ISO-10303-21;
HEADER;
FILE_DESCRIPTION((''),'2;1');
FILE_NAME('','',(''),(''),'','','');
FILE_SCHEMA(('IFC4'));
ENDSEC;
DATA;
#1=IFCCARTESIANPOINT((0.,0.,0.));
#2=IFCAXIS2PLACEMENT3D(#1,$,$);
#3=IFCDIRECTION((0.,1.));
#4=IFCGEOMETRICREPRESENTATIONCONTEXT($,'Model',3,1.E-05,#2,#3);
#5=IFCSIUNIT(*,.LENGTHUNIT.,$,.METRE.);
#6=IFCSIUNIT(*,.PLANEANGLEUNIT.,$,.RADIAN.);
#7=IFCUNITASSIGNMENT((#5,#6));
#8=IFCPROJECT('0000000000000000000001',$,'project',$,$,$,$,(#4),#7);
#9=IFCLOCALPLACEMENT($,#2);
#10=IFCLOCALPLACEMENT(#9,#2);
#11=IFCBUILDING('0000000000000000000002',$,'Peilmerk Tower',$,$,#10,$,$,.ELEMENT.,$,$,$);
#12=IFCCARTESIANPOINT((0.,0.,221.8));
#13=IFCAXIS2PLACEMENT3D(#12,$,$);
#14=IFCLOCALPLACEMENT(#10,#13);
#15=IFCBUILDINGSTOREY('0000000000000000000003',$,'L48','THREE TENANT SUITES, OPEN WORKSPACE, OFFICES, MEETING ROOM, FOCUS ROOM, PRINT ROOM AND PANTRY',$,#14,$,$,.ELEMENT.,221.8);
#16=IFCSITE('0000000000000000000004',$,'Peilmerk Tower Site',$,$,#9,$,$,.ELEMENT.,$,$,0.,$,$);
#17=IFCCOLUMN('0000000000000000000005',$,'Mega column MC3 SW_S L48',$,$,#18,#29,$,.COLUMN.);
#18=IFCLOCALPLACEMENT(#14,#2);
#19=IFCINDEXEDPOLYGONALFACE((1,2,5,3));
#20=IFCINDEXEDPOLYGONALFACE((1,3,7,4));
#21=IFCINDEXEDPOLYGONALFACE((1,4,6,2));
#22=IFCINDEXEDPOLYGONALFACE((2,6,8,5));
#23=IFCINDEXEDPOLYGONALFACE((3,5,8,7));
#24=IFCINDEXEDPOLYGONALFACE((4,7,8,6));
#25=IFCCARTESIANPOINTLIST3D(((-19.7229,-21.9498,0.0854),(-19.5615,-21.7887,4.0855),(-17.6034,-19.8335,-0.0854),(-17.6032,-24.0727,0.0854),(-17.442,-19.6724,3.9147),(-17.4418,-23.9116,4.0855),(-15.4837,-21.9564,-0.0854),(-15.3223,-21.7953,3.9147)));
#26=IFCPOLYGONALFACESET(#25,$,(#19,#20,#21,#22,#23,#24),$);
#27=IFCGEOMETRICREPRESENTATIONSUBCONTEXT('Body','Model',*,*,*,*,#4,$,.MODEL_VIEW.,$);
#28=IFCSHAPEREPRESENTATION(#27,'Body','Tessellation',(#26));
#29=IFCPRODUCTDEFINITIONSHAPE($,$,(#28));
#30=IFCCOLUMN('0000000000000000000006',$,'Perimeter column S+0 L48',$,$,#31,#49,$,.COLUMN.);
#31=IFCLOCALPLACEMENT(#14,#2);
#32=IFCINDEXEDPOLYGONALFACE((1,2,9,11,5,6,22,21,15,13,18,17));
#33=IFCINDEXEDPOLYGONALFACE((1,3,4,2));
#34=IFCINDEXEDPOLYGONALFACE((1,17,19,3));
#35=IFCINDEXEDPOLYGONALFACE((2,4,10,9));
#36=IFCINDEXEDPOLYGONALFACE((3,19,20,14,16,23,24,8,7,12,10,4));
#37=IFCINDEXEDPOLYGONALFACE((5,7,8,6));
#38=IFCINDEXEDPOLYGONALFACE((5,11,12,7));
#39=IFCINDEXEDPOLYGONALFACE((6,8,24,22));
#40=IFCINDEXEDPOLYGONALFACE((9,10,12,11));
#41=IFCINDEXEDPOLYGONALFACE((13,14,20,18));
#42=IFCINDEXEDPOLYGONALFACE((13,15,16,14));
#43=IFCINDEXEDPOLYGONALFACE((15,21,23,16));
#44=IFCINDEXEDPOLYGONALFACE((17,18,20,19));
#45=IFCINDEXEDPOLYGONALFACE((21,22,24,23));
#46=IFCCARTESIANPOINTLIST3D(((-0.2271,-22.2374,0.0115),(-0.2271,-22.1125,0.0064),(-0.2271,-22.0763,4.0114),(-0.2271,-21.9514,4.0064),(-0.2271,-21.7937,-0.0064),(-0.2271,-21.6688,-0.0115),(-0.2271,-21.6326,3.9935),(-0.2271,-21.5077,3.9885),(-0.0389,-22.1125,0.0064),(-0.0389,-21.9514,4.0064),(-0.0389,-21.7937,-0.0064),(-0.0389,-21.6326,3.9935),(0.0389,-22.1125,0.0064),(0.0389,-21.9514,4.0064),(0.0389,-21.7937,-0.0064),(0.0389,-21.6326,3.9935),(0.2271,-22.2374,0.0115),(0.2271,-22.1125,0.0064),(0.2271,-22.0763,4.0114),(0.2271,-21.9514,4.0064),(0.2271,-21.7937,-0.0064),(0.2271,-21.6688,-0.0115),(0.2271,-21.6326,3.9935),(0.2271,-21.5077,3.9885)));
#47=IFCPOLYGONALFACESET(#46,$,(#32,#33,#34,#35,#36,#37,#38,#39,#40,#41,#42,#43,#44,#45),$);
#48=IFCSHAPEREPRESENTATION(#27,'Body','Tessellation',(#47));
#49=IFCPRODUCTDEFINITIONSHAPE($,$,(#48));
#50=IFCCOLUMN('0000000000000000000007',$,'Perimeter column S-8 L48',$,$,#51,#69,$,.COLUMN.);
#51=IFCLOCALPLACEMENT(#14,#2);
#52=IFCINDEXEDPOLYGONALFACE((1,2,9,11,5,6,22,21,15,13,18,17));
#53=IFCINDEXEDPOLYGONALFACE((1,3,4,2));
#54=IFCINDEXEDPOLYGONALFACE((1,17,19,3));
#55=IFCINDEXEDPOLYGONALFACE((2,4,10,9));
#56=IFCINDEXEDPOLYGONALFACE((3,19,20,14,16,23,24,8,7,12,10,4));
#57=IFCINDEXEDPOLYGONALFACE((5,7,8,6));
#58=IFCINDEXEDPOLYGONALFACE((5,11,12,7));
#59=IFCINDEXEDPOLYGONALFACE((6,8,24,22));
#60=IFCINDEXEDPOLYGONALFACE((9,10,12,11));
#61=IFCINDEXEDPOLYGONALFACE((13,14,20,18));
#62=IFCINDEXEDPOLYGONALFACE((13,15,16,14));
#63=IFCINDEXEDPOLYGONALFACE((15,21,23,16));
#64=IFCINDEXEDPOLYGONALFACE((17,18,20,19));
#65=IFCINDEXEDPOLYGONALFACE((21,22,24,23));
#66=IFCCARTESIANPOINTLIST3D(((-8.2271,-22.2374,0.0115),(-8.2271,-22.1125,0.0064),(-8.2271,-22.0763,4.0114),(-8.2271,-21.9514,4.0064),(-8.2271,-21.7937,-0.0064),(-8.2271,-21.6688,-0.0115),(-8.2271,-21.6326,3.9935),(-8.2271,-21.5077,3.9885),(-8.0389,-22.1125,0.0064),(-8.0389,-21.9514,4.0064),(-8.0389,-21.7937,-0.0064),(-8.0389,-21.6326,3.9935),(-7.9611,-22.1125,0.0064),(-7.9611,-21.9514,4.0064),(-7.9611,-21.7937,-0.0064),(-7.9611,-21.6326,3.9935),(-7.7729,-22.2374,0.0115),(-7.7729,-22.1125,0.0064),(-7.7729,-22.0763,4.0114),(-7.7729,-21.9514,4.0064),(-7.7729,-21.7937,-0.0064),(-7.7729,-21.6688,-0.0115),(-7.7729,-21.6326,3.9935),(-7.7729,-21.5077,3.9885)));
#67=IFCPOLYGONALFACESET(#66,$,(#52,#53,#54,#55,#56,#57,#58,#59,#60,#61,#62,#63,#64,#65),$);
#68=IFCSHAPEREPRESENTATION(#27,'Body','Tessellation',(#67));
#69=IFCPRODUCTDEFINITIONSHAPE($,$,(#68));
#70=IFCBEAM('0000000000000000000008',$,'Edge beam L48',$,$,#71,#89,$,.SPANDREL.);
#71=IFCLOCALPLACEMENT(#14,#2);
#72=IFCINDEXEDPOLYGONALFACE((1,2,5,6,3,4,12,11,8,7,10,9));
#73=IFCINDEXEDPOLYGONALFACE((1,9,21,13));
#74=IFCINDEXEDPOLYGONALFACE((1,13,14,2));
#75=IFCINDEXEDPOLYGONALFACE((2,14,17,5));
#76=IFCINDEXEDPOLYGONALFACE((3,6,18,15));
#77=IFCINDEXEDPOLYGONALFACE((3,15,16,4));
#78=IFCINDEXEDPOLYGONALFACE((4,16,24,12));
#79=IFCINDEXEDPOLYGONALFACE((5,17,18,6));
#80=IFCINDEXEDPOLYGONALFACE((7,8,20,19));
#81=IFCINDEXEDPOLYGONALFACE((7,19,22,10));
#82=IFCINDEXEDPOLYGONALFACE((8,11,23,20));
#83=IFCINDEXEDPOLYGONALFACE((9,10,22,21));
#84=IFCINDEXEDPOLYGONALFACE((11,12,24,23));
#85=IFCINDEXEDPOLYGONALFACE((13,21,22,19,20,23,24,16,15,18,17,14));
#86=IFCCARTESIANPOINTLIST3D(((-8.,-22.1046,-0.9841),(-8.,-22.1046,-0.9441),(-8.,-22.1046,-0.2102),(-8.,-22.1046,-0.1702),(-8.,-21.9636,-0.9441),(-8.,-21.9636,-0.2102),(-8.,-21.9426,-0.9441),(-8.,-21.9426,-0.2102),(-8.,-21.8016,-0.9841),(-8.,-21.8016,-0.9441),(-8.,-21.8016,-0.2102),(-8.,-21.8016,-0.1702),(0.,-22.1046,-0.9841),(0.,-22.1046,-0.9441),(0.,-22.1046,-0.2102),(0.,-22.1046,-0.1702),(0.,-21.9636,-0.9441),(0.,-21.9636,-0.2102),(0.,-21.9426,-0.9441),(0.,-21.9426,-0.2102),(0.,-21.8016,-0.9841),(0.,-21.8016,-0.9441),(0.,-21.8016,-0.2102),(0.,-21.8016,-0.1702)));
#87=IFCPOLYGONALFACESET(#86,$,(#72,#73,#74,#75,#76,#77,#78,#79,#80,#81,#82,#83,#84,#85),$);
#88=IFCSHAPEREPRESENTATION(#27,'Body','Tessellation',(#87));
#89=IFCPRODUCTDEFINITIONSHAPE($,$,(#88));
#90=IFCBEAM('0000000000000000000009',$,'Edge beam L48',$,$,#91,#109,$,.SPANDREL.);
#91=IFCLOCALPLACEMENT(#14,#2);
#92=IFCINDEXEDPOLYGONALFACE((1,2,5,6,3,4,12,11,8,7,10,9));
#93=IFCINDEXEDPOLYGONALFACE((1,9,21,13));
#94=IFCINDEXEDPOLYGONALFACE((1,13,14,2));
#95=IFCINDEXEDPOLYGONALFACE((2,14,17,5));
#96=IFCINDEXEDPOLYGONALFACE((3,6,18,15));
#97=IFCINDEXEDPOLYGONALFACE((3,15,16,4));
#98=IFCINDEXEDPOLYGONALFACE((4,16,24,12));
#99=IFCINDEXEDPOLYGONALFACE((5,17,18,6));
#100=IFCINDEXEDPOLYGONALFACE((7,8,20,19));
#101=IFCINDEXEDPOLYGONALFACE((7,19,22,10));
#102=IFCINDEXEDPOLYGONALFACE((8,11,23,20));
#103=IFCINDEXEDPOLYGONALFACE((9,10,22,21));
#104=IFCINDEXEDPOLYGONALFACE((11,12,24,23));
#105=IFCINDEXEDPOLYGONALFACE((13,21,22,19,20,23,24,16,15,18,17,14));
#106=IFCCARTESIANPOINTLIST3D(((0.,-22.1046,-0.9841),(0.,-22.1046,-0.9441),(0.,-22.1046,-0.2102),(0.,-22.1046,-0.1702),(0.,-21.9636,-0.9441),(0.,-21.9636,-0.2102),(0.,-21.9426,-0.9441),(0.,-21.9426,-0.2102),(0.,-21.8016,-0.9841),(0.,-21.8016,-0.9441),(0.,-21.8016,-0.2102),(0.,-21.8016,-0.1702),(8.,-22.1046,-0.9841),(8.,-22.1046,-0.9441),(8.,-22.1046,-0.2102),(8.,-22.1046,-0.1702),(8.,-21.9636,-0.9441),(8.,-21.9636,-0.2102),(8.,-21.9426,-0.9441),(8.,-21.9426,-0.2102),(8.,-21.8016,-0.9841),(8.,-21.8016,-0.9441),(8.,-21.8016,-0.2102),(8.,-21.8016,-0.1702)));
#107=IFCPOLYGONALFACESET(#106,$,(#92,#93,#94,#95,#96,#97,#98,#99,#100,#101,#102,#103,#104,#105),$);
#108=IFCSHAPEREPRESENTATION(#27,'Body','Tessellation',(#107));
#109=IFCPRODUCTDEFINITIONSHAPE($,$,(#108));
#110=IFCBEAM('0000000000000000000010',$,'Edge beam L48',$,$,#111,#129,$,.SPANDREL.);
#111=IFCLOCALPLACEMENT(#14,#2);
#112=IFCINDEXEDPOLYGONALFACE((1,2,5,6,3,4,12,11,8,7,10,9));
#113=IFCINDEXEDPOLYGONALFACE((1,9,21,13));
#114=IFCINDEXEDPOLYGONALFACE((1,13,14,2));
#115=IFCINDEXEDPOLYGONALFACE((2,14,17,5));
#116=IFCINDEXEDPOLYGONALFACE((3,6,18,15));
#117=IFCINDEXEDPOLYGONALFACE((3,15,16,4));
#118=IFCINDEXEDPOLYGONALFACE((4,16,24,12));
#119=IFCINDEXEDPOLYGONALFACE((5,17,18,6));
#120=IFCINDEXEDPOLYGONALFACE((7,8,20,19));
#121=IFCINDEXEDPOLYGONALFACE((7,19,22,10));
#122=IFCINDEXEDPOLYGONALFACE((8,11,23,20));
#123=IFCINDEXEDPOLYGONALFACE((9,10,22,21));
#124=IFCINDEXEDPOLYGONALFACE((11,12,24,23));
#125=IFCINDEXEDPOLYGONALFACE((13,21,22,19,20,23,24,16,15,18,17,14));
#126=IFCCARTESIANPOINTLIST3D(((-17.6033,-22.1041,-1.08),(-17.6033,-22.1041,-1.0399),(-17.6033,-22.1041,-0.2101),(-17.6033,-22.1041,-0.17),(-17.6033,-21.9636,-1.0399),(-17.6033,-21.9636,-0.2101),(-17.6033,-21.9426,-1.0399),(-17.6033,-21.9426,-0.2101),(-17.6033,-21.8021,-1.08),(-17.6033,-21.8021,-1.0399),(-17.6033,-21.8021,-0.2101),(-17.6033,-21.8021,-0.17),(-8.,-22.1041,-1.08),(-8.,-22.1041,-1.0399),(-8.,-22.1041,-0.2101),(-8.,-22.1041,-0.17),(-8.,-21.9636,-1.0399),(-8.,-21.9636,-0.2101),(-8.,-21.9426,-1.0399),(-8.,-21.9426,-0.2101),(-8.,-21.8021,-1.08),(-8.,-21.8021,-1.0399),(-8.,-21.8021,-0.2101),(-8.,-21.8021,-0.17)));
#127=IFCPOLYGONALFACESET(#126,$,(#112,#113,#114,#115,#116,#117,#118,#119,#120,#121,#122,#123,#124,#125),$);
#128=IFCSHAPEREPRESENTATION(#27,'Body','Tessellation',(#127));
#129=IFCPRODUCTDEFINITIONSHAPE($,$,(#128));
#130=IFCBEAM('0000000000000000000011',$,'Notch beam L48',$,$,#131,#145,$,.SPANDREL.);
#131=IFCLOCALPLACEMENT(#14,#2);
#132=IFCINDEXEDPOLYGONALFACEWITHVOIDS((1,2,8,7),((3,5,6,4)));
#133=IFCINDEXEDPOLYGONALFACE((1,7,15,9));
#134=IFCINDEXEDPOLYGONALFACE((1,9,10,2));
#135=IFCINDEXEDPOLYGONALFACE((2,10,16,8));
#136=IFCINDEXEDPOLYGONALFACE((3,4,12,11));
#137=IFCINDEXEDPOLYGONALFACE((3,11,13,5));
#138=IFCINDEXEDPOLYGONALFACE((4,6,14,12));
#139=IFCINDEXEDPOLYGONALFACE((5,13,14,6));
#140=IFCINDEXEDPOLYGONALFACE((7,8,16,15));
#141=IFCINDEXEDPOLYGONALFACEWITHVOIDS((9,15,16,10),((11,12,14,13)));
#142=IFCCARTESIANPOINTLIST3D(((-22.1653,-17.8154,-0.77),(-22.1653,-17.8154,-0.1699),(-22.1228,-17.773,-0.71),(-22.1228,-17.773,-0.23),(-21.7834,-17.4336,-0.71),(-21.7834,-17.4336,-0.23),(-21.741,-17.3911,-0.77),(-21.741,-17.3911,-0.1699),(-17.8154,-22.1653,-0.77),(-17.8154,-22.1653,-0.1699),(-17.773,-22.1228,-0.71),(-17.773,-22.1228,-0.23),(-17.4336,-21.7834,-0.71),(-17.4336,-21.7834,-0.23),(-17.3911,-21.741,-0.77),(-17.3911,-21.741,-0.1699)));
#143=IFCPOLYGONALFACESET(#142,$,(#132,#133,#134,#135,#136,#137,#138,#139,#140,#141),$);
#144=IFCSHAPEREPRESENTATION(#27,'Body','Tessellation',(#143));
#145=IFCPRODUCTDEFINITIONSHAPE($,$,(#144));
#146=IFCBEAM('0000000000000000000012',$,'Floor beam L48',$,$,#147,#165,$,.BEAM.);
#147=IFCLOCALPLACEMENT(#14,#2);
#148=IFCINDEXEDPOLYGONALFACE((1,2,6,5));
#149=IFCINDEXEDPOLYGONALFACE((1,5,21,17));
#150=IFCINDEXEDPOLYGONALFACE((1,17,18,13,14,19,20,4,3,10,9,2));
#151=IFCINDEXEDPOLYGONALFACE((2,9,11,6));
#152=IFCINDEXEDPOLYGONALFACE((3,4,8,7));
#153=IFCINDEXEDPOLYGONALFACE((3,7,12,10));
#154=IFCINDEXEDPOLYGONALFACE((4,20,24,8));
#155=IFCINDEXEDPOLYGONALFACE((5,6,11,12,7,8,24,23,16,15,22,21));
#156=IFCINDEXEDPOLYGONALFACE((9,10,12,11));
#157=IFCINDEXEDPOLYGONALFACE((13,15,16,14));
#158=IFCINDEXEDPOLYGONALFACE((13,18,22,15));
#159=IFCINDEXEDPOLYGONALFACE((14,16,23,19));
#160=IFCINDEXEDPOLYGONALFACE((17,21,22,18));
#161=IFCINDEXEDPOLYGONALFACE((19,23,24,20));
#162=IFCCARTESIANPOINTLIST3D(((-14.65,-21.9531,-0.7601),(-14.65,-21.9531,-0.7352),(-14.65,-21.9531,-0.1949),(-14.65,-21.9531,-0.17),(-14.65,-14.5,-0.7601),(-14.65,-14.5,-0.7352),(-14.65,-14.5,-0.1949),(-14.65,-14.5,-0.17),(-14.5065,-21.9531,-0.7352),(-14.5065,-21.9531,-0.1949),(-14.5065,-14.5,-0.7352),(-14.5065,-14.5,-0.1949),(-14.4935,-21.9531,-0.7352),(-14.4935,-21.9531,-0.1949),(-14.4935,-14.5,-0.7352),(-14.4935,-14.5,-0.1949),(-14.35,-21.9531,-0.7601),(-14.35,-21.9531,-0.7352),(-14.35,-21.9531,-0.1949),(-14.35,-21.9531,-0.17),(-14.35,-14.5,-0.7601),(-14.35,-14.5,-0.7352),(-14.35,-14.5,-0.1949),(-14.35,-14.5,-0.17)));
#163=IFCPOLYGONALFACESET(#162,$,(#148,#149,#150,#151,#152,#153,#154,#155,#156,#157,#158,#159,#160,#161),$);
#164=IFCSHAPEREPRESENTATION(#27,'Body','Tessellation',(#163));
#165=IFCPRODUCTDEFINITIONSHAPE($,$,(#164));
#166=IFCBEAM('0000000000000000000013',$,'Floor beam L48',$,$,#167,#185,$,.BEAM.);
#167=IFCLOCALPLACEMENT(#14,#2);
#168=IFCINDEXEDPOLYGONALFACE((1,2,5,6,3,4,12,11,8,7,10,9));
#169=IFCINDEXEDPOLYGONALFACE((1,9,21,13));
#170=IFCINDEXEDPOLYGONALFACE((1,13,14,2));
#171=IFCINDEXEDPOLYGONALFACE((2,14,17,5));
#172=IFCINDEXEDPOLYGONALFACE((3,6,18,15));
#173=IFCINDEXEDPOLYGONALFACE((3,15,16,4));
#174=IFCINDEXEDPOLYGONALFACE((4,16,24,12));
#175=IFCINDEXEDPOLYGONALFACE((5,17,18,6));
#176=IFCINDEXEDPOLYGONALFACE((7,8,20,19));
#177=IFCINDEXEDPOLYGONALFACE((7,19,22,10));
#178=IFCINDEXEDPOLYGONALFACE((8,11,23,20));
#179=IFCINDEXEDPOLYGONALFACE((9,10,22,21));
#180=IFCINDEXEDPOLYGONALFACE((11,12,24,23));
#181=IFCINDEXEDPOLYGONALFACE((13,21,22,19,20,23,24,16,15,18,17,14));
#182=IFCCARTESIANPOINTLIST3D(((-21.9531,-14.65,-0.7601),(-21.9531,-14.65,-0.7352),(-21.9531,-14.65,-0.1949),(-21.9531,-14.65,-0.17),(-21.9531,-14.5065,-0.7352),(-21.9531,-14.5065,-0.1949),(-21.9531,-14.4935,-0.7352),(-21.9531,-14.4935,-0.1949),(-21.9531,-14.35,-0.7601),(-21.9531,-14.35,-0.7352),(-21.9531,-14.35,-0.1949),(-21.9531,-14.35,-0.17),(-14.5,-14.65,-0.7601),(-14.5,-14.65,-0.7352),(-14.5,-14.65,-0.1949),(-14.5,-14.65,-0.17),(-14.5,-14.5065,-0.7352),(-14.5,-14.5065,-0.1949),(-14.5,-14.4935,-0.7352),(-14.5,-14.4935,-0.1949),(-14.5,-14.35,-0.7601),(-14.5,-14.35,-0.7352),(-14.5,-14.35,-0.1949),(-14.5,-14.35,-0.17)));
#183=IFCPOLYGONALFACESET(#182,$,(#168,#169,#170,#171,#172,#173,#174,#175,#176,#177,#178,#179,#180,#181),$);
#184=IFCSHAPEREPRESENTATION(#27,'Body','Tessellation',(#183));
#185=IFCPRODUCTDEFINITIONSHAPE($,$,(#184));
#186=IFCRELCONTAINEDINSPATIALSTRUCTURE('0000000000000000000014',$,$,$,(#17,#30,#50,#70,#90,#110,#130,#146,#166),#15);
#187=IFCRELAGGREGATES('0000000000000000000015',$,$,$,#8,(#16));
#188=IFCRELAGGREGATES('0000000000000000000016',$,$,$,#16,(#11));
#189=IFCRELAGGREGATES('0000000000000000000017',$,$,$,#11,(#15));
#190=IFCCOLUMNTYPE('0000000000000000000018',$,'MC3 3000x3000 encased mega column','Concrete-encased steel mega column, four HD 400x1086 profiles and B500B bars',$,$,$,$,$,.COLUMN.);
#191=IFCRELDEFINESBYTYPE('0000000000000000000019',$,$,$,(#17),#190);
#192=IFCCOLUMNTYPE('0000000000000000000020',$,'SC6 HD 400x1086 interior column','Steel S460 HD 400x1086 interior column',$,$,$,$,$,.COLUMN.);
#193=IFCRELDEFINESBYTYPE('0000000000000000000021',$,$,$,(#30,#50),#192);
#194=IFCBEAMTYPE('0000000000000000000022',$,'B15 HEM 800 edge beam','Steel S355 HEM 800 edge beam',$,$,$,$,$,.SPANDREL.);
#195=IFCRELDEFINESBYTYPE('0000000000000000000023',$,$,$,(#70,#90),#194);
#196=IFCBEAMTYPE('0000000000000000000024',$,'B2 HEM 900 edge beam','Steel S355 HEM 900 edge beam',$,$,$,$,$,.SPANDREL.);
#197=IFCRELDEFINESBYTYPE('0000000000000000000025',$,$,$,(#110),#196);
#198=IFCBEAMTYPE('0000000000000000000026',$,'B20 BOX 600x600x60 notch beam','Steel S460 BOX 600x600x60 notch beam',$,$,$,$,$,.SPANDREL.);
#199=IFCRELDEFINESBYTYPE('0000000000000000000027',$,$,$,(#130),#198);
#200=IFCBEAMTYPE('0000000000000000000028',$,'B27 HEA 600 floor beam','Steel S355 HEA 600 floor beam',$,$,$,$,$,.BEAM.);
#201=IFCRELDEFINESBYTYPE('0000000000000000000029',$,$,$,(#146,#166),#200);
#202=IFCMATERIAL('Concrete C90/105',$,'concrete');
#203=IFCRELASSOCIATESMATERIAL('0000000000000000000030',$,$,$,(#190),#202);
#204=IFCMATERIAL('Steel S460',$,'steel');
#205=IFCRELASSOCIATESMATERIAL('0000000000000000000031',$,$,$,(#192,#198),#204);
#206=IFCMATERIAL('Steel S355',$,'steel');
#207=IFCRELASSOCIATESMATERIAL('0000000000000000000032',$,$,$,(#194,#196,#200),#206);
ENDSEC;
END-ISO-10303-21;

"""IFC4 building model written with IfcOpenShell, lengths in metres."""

from ifc_helpers import new_model, si_unit, direction, frame, origin, origin_2d, place, context, subcontext, project, spatial, rectangle, hollow_rectangle, i_section, extrude, material, material_profile, profile_set, type_object, element, save


model = new_model("IFC4")

# Units and contexts
model_context = context("Model", 3, precision=1e-05, world=origin(), true_north=direction((0.0, 1.0)))
body_context = subcontext(model_context, "Body", "Model", "MODEL_VIEW")
ifc_project = project(units=[si_unit("LENGTHUNIT", "METRE"), si_unit("PLANEANGLEUNIT", "RADIAN")], contexts=[model_context])

# Site, building, storey
site_placement = place(None, origin())
site = spatial("IfcSite", under=ifc_project, at=site_placement, Name="Peilmerk Tower Site", CompositionType="ELEMENT", RefElevation=0.0)
building_placement = place(site_placement, origin())
building = spatial("IfcBuilding", under=site, at=building_placement, Name="Peilmerk Tower", CompositionType="ELEMENT")
storey_placement = place(building_placement, frame((0.0, 0.0, 221.8)))
storey = spatial("IfcBuildingStorey", under=building, at=storey_placement, Name="L48", Description="THREE TENANT SUITES, OPEN WORKSPACE, OFFICES, MEETING ROOM, FOCUS ROOM, PRINT ROOM AND PANTRY", CompositionType="ELEMENT", Elevation=221.8)

# Columns
ifc_material_1 = material(Name="Concrete C90/105", Category="concrete")
ifc_material_profile_1 = material_profile(ifc_material_1, rectangle(XDim=3.0, YDim=3.0, at=origin_2d()), Name="RC 3000x3000")
ifc_profile_set_1 = profile_set([ifc_material_profile_1], Name="Concrete C90/105")
column_type_1 = type_object("IfcColumnType", Name="MC3 3000x3000 encased mega column", Description="Concrete-encased steel mega column, four HD 400x1086 profiles and B500B bars", PredefinedType="COLUMN", material=ifc_profile_set_1)
column_placement = place(storey_placement, frame((-17.6033, -21.9531, 0.0), z_axis=(0.040279, 0.040218, 0.998379), x_axis=(-0.706571, 0.707642, 0.0)))
element("IfcColumn", 1, at=column_placement, inside=storey, type_object=column_type_1, Name="Mega column MC3 SW_S L48", PredefinedType="COLUMN", context=body_context, shape_type="SweptSolid", body=[
    extrude(rectangle(XDim=3.0, YDim=3.0, at=origin_2d()), origin(), (0.0, 0.0, 1.0), 4.0066),
])
ifc_material_2 = material(Name="Steel S460", Category="steel")
ifc_material_profile_2 = material_profile(ifc_material_2, i_section(OverallWidth=0.4541, OverallDepth=0.5691, WebThickness=0.0779, FlangeThickness=0.125, at=origin_2d()), Name="HD 400x1086")
ifc_profile_set_2 = profile_set([ifc_material_profile_2], Name="Steel S460")
column_type_2 = type_object("IfcColumnType", Name="SC6 HD 400x1086 interior column", Description="Steel S460 HD 400x1086 interior column", PredefinedType="COLUMN", material=ifc_profile_set_2)
for number, where, z_axis, x_axis, name in (
    (2, (0.0, -21.9531, 0.0), (0.0, 0.040251, 0.99919), (-1.0, 0.0, 0.0), "Perimeter column S+0 L48"),
    (3, (-8.0, -21.9531, 0.0), (0.0, 0.040251, 0.99919), (-1.0, 0.0, 0.0), "Perimeter column S-8 L48"),
):
    element("IfcColumn", number, at=place(storey_placement, frame(where, z_axis=z_axis, x_axis=x_axis)), inside=storey, type_object=column_type_2, Name=name, PredefinedType="COLUMN", context=body_context, shape_type="SweptSolid", body=[
        extrude(i_section(OverallWidth=0.4541, OverallDepth=0.5691, WebThickness=0.0779, FlangeThickness=0.125, at=origin_2d()), origin(), (0.0, 0.0, 1.0), 4.0032),
    ])

# Beams
ifc_material_3 = material(Name="Steel S355", Category="steel")
ifc_material_profile_3 = material_profile(ifc_material_3, i_section(OverallWidth=0.303, OverallDepth=0.814, WebThickness=0.021, FlangeThickness=0.04, at=origin_2d()), Name="HEM 800")
ifc_profile_set_3 = profile_set([ifc_material_profile_3], Name="Steel S355")
beam_type_1 = type_object("IfcBeamType", Name="B15 HEM 800 edge beam", Description="Steel S355 HEM 800 edge beam", PredefinedType="SPANDREL", material=ifc_profile_set_3)
for number, where, z_axis, x_axis, name in (
    (4, (-8.0, -21.9531, -0.5771), (1.0, 0.0, 0.0), (0.0, 1.0, 0.0), "Edge beam L48"),
    (5, (0.0, -21.9531, -0.5771), (1.0, 0.0, 0.0), (0.0, 1.0, 0.0), "Edge beam L48"),
):
    element("IfcBeam", number, at=place(storey_placement, frame(where, z_axis=z_axis, x_axis=x_axis)), inside=storey, type_object=beam_type_1, Name=name, PredefinedType="SPANDREL", context=body_context, shape_type="SweptSolid", body=[
        extrude(i_section(OverallWidth=0.303, OverallDepth=0.814, WebThickness=0.021, FlangeThickness=0.04, at=origin_2d()), origin(), (0.0, 0.0, 1.0), 8.0),
    ])
ifc_material_profile_4 = material_profile(ifc_material_3, i_section(OverallWidth=0.302, OverallDepth=0.9099, WebThickness=0.021, FlangeThickness=0.04, at=origin_2d()), Name="HEM 900")
ifc_profile_set_4 = profile_set([ifc_material_profile_4], Name="Steel S355")
beam_type_2 = type_object("IfcBeamType", Name="B2 HEM 900 edge beam", Description="Steel S355 HEM 900 edge beam", PredefinedType="SPANDREL", material=ifc_profile_set_4)
beam_1_placement = place(storey_placement, frame((-17.6033, -21.9531, -0.625), z_axis=(1.0, 0.0, 0.0), x_axis=(0.0, 1.0, 0.0)))
element("IfcBeam", 6, at=beam_1_placement, inside=storey, type_object=beam_type_2, Name="Edge beam L48", PredefinedType="SPANDREL", context=body_context, shape_type="SweptSolid", body=[
    extrude(i_section(OverallWidth=0.302, OverallDepth=0.9099, WebThickness=0.021, FlangeThickness=0.04, at=origin_2d()), origin(), (0.0, 0.0, 1.0), 9.6033),
])
ifc_material_profile_5 = material_profile(ifc_material_2, hollow_rectangle(XDim=0.6001, YDim=0.6001, WallThickness=0.0601, at=origin_2d()), Name="BOX 600x600x60")
ifc_profile_set_5 = profile_set([ifc_material_profile_5], Name="Steel S460")
beam_type_3 = type_object("IfcBeamType", Name="B20 BOX 600x600x60 notch beam", Description="Steel S460 BOX 600x600x60 notch beam", PredefinedType="SPANDREL", material=ifc_profile_set_5)
beam_2_placement = place(storey_placement, frame((-17.6033, -21.9531, -0.47), z_axis=(-0.707107, 0.707107, 0.0), x_axis=(-0.707107, -0.707107, 0.0)))
element("IfcBeam", 7, at=beam_2_placement, inside=storey, type_object=beam_type_3, Name="Notch beam L48", PredefinedType="SPANDREL", context=body_context, shape_type="SweptSolid", body=[
    extrude(hollow_rectangle(XDim=0.6001, YDim=0.6001, WallThickness=0.0601, at=origin_2d()), origin(), (0.0, 0.0, 1.0), 6.1516),
])
ifc_material_profile_6 = material_profile(ifc_material_3, i_section(OverallWidth=0.3, OverallDepth=0.5901, WebThickness=0.0129, FlangeThickness=0.0249, at=origin_2d()), Name="HEA 600")
ifc_profile_set_6 = profile_set([ifc_material_profile_6], Name="Steel S355")
beam_type_4 = type_object("IfcBeamType", Name="B27 HEA 600 floor beam", Description="Steel S355 HEA 600 floor beam", PredefinedType="BEAM", material=ifc_profile_set_6)
for number, where, z_axis, x_axis, name in (
    (8, (-14.5, -14.5, -0.4651), (0.0, -1.0, 0.0), (1.0, 0.0, 0.0), "Floor beam L48"),
    (9, (-14.5, -14.5, -0.4651), (-1.0, 0.0, 0.0), (0.0, -1.0, 0.0), "Floor beam L48"),
):
    element("IfcBeam", number, at=place(storey_placement, frame(where, z_axis=z_axis, x_axis=x_axis)), inside=storey, type_object=beam_type_4, Name=name, PredefinedType="BEAM", context=body_context, shape_type="SweptSolid", body=[
        extrude(i_section(OverallWidth=0.3, OverallDepth=0.5901, WebThickness=0.0129, FlangeThickness=0.0249, at=origin_2d()), origin(), (0.0, 0.0, 1.0), 7.4531),
    ])

save(model, "model.ifc")
